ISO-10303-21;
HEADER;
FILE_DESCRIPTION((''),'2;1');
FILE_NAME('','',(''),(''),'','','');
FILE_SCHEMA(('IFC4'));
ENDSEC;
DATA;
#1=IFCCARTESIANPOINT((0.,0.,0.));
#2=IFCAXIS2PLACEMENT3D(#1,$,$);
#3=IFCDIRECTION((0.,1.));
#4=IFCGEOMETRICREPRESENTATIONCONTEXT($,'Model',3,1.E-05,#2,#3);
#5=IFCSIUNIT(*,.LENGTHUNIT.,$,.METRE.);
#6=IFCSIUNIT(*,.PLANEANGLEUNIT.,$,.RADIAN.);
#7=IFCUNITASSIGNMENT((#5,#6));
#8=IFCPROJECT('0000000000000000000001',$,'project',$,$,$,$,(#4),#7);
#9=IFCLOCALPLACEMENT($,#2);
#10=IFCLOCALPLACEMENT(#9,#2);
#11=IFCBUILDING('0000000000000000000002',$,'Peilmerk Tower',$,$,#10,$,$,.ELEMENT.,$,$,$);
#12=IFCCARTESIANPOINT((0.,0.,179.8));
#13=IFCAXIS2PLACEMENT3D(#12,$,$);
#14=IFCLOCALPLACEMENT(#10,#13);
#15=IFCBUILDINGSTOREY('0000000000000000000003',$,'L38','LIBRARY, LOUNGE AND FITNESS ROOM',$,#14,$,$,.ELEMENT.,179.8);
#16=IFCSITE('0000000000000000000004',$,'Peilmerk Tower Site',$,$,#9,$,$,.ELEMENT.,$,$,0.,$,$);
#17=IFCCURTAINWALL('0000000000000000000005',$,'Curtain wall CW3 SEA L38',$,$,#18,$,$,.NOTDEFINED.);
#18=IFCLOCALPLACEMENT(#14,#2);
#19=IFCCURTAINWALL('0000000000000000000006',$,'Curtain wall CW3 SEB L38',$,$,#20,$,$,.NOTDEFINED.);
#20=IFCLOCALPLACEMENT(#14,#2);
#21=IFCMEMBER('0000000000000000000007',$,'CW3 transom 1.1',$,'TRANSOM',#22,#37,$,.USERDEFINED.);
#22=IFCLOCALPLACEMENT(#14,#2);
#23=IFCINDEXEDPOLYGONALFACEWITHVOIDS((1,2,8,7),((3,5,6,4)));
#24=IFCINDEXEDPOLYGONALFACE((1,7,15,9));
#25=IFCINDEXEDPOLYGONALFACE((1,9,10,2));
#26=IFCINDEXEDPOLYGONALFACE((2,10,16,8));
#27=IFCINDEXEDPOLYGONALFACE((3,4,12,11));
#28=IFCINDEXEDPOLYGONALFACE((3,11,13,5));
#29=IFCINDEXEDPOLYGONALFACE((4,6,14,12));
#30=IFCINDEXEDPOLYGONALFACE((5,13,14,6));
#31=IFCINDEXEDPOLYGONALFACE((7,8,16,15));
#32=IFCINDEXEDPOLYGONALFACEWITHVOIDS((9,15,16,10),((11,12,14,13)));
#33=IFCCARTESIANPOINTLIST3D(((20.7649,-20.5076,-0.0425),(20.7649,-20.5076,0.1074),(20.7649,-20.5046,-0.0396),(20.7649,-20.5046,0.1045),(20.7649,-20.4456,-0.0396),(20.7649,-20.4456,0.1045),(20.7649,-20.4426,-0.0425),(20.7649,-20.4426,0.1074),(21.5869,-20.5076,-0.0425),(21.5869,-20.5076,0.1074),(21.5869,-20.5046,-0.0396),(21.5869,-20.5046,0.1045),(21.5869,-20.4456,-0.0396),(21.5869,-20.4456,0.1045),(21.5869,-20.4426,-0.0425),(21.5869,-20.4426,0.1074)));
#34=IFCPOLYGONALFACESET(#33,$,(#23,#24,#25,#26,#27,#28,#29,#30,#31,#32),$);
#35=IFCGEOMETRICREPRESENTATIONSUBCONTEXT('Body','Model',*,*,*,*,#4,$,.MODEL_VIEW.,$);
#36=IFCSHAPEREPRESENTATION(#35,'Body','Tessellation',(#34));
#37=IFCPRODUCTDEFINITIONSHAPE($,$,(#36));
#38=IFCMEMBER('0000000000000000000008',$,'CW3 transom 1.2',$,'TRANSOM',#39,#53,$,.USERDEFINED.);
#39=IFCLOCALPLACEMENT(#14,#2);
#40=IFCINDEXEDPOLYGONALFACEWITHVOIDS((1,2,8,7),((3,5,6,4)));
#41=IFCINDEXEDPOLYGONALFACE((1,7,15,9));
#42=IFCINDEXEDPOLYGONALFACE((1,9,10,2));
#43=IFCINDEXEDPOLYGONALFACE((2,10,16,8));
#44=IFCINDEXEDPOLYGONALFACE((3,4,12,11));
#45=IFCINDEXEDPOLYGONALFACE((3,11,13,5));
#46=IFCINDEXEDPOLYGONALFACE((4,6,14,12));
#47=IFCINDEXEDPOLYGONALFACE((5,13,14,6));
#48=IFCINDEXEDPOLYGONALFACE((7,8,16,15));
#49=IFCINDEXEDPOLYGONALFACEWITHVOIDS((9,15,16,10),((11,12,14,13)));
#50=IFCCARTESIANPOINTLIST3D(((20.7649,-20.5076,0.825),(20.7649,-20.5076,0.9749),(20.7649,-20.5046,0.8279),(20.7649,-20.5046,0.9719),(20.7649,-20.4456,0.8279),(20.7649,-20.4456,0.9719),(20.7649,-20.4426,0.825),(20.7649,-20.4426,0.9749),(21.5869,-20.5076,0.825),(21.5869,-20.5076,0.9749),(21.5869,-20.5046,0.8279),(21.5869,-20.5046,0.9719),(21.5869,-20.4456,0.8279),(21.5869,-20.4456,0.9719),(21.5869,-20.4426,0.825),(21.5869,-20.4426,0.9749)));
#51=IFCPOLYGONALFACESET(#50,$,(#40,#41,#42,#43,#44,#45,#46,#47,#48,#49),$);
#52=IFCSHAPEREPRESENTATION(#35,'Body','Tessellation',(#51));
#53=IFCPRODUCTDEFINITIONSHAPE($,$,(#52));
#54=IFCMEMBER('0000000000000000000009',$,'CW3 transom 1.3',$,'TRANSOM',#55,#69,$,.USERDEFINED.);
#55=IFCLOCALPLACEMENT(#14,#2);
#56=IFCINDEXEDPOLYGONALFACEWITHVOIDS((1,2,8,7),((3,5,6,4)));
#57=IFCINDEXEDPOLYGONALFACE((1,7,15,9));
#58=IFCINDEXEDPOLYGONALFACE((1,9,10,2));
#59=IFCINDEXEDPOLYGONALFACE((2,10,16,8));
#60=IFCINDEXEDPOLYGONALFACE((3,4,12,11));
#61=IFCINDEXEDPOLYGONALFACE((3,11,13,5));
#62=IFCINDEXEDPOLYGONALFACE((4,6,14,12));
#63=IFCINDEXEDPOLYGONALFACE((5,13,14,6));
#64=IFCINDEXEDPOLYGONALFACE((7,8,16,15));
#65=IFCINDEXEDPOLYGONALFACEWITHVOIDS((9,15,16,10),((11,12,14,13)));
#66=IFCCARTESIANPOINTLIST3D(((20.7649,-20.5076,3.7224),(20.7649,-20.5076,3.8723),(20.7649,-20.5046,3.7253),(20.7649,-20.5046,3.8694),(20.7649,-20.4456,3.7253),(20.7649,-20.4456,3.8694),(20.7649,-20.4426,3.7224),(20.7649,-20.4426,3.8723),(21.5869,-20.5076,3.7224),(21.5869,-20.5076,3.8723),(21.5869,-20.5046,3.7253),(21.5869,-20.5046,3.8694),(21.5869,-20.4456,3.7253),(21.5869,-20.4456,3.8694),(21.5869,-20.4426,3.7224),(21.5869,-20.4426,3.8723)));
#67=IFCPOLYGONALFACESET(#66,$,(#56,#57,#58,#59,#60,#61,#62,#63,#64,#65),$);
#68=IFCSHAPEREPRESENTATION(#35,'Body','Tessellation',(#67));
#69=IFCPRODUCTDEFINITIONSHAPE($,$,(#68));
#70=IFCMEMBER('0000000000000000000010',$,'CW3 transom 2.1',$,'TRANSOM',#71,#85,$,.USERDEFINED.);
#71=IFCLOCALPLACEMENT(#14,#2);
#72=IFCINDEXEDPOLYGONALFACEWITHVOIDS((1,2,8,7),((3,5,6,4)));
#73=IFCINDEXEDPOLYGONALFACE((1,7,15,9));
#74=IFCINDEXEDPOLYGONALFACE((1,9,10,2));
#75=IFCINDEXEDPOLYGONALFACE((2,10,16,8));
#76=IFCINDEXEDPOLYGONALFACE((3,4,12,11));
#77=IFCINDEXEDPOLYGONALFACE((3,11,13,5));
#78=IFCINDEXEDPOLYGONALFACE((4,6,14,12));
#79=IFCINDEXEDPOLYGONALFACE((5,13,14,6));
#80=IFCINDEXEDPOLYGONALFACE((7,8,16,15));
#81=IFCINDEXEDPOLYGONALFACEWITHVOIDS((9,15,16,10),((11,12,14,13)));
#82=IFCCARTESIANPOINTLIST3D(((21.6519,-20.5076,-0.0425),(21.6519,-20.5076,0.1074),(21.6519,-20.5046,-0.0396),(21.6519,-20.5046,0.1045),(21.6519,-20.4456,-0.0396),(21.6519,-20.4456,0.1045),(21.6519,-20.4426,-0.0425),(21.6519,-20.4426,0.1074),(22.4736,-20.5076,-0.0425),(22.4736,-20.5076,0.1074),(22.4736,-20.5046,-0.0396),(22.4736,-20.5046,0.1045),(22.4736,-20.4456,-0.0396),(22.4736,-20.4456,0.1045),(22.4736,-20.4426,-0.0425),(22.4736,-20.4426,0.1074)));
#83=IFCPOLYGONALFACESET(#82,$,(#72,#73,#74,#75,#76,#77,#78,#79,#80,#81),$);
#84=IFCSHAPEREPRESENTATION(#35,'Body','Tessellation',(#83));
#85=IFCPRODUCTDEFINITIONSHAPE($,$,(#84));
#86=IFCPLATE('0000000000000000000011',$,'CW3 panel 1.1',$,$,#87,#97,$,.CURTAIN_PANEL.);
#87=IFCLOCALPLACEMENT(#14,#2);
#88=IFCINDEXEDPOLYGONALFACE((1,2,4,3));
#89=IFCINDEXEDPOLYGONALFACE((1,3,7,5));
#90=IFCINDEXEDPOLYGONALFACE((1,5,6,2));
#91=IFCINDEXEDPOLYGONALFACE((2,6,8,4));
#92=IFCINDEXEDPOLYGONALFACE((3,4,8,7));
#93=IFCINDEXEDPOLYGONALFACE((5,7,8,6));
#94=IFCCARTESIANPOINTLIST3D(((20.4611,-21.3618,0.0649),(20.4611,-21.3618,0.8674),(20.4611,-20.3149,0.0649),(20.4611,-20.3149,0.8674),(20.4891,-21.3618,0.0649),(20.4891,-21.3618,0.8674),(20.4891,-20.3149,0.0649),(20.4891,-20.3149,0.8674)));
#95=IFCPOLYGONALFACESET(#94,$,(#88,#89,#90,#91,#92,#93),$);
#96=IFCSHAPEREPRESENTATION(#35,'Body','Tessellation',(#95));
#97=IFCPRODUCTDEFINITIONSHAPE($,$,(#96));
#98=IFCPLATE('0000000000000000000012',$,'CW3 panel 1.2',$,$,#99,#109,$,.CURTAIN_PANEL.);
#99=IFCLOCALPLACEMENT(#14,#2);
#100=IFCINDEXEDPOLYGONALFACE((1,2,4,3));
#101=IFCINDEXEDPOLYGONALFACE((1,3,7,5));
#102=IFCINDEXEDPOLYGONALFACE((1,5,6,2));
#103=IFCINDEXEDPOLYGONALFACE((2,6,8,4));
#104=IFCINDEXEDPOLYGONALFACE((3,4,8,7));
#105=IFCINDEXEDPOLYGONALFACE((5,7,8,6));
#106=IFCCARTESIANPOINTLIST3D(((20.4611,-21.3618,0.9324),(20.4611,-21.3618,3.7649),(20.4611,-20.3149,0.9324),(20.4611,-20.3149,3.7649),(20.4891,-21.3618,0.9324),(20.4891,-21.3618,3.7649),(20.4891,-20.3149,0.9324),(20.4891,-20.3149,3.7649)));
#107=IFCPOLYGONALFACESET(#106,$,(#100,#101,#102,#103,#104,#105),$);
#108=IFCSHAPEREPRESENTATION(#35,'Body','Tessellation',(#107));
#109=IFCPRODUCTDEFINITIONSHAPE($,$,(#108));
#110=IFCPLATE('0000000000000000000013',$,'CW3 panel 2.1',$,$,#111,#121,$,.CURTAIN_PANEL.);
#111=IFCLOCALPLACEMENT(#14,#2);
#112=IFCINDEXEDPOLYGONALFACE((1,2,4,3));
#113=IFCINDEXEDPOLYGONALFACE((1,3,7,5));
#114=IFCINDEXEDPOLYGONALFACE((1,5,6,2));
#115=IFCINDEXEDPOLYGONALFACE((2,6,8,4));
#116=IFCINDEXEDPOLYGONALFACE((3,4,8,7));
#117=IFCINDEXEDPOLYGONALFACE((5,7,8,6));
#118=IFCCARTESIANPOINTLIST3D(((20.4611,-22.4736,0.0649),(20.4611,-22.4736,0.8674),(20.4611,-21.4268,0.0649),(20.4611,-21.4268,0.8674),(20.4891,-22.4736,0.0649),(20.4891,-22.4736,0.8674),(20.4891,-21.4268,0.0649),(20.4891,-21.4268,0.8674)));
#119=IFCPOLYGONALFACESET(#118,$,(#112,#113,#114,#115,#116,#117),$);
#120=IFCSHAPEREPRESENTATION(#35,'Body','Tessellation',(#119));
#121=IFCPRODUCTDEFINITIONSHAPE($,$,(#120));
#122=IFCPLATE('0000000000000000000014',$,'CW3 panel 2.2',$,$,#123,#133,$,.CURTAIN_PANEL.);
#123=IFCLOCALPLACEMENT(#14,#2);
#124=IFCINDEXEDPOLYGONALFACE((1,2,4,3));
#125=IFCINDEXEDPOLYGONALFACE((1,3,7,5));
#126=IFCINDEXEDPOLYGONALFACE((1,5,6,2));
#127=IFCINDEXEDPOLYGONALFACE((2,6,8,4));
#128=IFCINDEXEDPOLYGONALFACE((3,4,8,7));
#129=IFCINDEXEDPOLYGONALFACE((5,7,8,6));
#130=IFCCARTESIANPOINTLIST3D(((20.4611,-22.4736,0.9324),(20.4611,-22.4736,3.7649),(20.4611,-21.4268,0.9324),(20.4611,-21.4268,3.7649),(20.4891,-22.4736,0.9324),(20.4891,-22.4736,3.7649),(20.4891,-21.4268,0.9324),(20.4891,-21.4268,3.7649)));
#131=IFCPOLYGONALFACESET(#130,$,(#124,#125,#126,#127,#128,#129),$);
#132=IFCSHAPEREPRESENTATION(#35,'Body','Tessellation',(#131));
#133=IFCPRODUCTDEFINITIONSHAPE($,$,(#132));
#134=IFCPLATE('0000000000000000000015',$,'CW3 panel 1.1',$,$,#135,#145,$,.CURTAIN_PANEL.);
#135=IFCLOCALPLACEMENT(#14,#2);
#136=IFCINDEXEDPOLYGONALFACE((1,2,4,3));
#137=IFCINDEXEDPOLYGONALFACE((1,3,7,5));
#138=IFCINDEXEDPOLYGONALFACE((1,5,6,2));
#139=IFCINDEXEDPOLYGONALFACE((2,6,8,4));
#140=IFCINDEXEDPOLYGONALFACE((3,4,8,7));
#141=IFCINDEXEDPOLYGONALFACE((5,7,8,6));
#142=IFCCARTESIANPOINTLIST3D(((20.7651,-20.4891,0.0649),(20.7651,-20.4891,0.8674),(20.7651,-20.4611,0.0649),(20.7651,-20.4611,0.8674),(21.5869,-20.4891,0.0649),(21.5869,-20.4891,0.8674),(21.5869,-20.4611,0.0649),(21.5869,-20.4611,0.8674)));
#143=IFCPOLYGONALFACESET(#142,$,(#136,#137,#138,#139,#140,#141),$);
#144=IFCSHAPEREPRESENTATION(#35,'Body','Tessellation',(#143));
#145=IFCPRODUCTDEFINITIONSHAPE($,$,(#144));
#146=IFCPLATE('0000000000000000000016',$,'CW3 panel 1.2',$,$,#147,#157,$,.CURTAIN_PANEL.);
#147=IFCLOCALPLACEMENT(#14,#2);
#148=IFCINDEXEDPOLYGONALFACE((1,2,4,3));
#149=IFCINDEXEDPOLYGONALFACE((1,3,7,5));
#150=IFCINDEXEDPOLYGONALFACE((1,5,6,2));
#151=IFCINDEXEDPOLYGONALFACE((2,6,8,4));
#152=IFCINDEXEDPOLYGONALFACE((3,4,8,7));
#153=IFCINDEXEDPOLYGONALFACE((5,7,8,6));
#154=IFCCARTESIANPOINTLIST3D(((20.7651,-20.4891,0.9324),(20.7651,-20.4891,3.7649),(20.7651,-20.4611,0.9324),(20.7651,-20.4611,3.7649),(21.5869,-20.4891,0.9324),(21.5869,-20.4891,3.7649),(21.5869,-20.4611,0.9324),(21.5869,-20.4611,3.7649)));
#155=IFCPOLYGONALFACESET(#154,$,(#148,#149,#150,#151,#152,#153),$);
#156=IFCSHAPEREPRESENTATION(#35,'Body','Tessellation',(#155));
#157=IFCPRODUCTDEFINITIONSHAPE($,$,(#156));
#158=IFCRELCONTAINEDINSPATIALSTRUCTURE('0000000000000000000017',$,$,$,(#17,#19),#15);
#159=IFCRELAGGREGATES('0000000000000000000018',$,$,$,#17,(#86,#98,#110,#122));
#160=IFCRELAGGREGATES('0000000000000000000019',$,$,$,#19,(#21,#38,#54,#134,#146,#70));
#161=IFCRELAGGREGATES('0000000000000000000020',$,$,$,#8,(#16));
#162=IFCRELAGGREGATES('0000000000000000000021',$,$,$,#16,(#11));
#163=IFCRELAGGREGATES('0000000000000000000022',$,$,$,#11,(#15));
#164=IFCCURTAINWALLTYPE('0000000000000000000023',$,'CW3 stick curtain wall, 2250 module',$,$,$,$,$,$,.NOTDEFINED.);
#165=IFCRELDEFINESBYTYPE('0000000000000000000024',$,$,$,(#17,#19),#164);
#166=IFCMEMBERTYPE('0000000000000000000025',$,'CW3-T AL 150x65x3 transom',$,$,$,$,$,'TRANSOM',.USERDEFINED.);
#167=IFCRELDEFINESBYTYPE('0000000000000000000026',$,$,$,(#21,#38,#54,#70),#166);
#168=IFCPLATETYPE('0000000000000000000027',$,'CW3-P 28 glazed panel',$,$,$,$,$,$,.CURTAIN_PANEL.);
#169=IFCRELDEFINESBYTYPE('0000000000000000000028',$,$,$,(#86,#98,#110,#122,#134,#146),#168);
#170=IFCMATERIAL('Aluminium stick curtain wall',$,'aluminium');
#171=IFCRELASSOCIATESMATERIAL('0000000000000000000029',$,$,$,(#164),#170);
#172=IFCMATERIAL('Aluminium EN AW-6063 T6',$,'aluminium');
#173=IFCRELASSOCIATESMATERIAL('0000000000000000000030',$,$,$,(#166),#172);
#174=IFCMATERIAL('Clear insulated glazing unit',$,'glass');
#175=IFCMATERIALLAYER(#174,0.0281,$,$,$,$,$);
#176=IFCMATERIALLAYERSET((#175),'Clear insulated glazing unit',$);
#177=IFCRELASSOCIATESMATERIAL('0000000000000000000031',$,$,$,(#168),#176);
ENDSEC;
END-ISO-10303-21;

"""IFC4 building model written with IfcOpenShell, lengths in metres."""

from ifc_helpers import new_model, si_unit, direction, frame, origin, origin_2d, place, context, subcontext, project, spatial, rectangle, hollow_rectangle, extrude, material, layer, layer_set, material_profile, profile_set, type_object, element, aggregate, save


model = new_model("IFC4")

# Units and contexts
model_context = context("Model", 3, precision=1e-05, world=origin(), true_north=direction((0.0, 1.0)))
body_context = subcontext(model_context, "Body", "Model", "MODEL_VIEW")
ifc_project = project(units=[si_unit("LENGTHUNIT", "METRE"), si_unit("PLANEANGLEUNIT", "RADIAN")], contexts=[model_context])

# Site, building, storey
site_placement = place(None, origin())
site = spatial("IfcSite", under=ifc_project, at=site_placement, Name="Peilmerk Tower Site", CompositionType="ELEMENT", RefElevation=0.0)
building_placement = place(site_placement, origin())
building = spatial("IfcBuilding", under=site, at=building_placement, Name="Peilmerk Tower", CompositionType="ELEMENT")
storey_placement = place(building_placement, frame((0.0, 0.0, 179.8)))
storey = spatial("IfcBuildingStorey", under=building, at=storey_placement, Name="L38", Description="LIBRARY, LOUNGE AND FITNESS ROOM", CompositionType="ELEMENT", Elevation=179.8)

# Curtain walls
ifc_material_1 = material(Name="Aluminium stick curtain wall", Category="aluminium")
curtain_wall_type = type_object("IfcCurtainWallType", Name="CW3 stick curtain wall, 2250 module", PredefinedType="NOTDEFINED", material=ifc_material_1)
curtain_wall_1_placement = place(storey_placement, origin())
curtain_wall_1 = element("IfcCurtainWall", 1, at=curtain_wall_1_placement, inside=storey, type_object=curtain_wall_type, Name="Curtain wall CW3 SEA L38", PredefinedType="NOTDEFINED")
ifc_material_2 = material(Name="Aluminium EN AW-6063 T6", Category="aluminium")
curtain_wall_2_placement = place(storey_placement, origin())
curtain_wall_2 = element("IfcCurtainWall", 2, at=curtain_wall_2_placement, inside=storey, type_object=curtain_wall_type, Name="Curtain wall CW3 SEB L38", PredefinedType="NOTDEFINED")

# Members
ifc_material_profile_1 = material_profile(ifc_material_2, hollow_rectangle(XDim=0.0649, YDim=0.1499, WallThickness=0.0029, at=origin_2d()), Name="AL 150x65x3")
ifc_profile_set_1 = profile_set([ifc_material_profile_1], Name="Aluminium EN AW-6063 T6")
member_type_1 = type_object("IfcMemberType", Name="CW3-T AL 150x65x3 transom", ElementType="TRANSOM", PredefinedType="USERDEFINED", material=ifc_profile_set_1)
member_1_placement = place(storey_placement, frame((20.7649, -20.4751, 0.0325), z_axis=(1.0, 0.0, 0.0), x_axis=(0.0, 1.0, 0.0)))
member_1 = element("IfcMember", 3, at=member_1_placement, type_object=member_type_1, Name="CW3 transom 1.1", ObjectType="TRANSOM", PredefinedType="USERDEFINED", context=body_context, shape_type="SweptSolid", body=[
    extrude(hollow_rectangle(XDim=0.0649, YDim=0.1499, WallThickness=0.0029, at=origin_2d()), origin(), (0.0, 0.0, 1.0), 0.822),
])
member_2_placement = place(storey_placement, frame((20.7649, -20.4751, 0.8999), z_axis=(1.0, 0.0, 0.0), x_axis=(0.0, 1.0, 0.0)))
member_2 = element("IfcMember", 4, at=member_2_placement, type_object=member_type_1, Name="CW3 transom 1.2", ObjectType="TRANSOM", PredefinedType="USERDEFINED", context=body_context, shape_type="SweptSolid", body=[
    extrude(hollow_rectangle(XDim=0.0649, YDim=0.1499, WallThickness=0.0029, at=origin_2d()), origin(), (0.0, 0.0, 1.0), 0.822),
])
member_3_placement = place(storey_placement, frame((20.7649, -20.4751, 3.7974), z_axis=(1.0, 0.0, 0.0), x_axis=(0.0, 1.0, 0.0)))
member_3 = element("IfcMember", 5, at=member_3_placement, type_object=member_type_1, Name="CW3 transom 1.3", ObjectType="TRANSOM", PredefinedType="USERDEFINED", context=body_context, shape_type="SweptSolid", body=[
    extrude(hollow_rectangle(XDim=0.0649, YDim=0.1499, WallThickness=0.0029, at=origin_2d()), origin(), (0.0, 0.0, 1.0), 0.822),
])
member_4_placement = place(storey_placement, frame((21.6519, -20.4751, 0.0325), z_axis=(1.0, 0.0, 0.0), x_axis=(0.0, 1.0, 0.0)))
member_4 = element("IfcMember", 6, at=member_4_placement, type_object=member_type_1, Name="CW3 transom 2.1", ObjectType="TRANSOM", PredefinedType="USERDEFINED", context=body_context, shape_type="SweptSolid", body=[
    extrude(hollow_rectangle(XDim=0.0649, YDim=0.1499, WallThickness=0.0029, at=origin_2d()), origin(), (0.0, 0.0, 1.0), 0.8218),
])

# Plates
ifc_material_3 = material(Name="Clear insulated glazing unit", Category="glass")
ifc_layer_1 = layer(ifc_material_3, 0.0281)
ifc_layer_set_1 = layer_set([ifc_layer_1], Name="Clear insulated glazing unit")
plate_type = type_object("IfcPlateType", Name="CW3-P 28 glazed panel", PredefinedType="CURTAIN_PANEL", material=ifc_layer_set_1)
plate_1_placement = place(storey_placement, frame((20.4751, -20.8384, 0.0649), z_axis=(0.0, 0.0, 1.0), x_axis=(0.0, -1.0, 0.0)))
plate_1 = element("IfcPlate", 7, at=plate_1_placement, type_object=plate_type, Name="CW3 panel 1.1", PredefinedType="CURTAIN_PANEL", context=body_context, shape_type="SweptSolid", body=[
    extrude(rectangle(XDim=1.0469, YDim=0.0281, at=origin_2d()), origin(), (0.0, 0.0, 1.0), 0.8025),
])
plate_2_placement = place(storey_placement, frame((20.4751, -20.8384, 0.9324), z_axis=(0.0, 0.0, 1.0), x_axis=(0.0, -1.0, 0.0)))
plate_2 = element("IfcPlate", 8, at=plate_2_placement, type_object=plate_type, Name="CW3 panel 1.2", PredefinedType="CURTAIN_PANEL", context=body_context, shape_type="SweptSolid", body=[
    extrude(rectangle(XDim=1.0469, YDim=0.0281, at=origin_2d()), origin(), (0.0, 0.0, 1.0), 2.8325),
])
plate_3_placement = place(storey_placement, frame((20.4751, -21.9502, 0.0649), z_axis=(0.0, 0.0, 1.0), x_axis=(0.0, -1.0, 0.0)))
plate_3 = element("IfcPlate", 9, at=plate_3_placement, type_object=plate_type, Name="CW3 panel 2.1", PredefinedType="CURTAIN_PANEL", context=body_context, shape_type="SweptSolid", body=[
    extrude(rectangle(XDim=1.0469, YDim=0.0281, at=origin_2d()), origin(), (0.0, 0.0, 1.0), 0.8025),
])
plate_4_placement = place(storey_placement, frame((20.4751, -21.9502, 0.9324), z_axis=(0.0, 0.0, 1.0), x_axis=(0.0, -1.0, 0.0)))
plate_4 = element("IfcPlate", 10, at=plate_4_placement, type_object=plate_type, Name="CW3 panel 2.2", PredefinedType="CURTAIN_PANEL", context=body_context, shape_type="SweptSolid", body=[
    extrude(rectangle(XDim=1.0469, YDim=0.0281, at=origin_2d()), origin(), (0.0, 0.0, 1.0), 2.8325),
])
aggregate(curtain_wall_1, [plate_1, plate_2, plate_3, plate_4])
plate_5_placement = place(storey_placement, frame((21.176, -20.4751, 0.0649), z_axis=(0.0, 0.0, 1.0), x_axis=(1.0, 0.0, 0.0)))
plate_5 = element("IfcPlate", 11, at=plate_5_placement, type_object=plate_type, Name="CW3 panel 1.1", PredefinedType="CURTAIN_PANEL", context=body_context, shape_type="SweptSolid", body=[
    extrude(rectangle(XDim=0.8218, YDim=0.0281, at=origin_2d()), origin(), (0.0, 0.0, 1.0), 0.8025),
])
plate_6_placement = place(storey_placement, frame((21.176, -20.4751, 0.9324), z_axis=(0.0, 0.0, 1.0), x_axis=(1.0, 0.0, 0.0)))
plate_6 = element("IfcPlate", 12, at=plate_6_placement, type_object=plate_type, Name="CW3 panel 1.2", PredefinedType="CURTAIN_PANEL", context=body_context, shape_type="SweptSolid", body=[
    extrude(rectangle(XDim=0.8218, YDim=0.0281, at=origin_2d()), origin(), (0.0, 0.0, 1.0), 2.8325),
])
aggregate(curtain_wall_2, [member_1, member_2, member_3, plate_5, plate_6, member_4])

save(model, "model.ifc")
